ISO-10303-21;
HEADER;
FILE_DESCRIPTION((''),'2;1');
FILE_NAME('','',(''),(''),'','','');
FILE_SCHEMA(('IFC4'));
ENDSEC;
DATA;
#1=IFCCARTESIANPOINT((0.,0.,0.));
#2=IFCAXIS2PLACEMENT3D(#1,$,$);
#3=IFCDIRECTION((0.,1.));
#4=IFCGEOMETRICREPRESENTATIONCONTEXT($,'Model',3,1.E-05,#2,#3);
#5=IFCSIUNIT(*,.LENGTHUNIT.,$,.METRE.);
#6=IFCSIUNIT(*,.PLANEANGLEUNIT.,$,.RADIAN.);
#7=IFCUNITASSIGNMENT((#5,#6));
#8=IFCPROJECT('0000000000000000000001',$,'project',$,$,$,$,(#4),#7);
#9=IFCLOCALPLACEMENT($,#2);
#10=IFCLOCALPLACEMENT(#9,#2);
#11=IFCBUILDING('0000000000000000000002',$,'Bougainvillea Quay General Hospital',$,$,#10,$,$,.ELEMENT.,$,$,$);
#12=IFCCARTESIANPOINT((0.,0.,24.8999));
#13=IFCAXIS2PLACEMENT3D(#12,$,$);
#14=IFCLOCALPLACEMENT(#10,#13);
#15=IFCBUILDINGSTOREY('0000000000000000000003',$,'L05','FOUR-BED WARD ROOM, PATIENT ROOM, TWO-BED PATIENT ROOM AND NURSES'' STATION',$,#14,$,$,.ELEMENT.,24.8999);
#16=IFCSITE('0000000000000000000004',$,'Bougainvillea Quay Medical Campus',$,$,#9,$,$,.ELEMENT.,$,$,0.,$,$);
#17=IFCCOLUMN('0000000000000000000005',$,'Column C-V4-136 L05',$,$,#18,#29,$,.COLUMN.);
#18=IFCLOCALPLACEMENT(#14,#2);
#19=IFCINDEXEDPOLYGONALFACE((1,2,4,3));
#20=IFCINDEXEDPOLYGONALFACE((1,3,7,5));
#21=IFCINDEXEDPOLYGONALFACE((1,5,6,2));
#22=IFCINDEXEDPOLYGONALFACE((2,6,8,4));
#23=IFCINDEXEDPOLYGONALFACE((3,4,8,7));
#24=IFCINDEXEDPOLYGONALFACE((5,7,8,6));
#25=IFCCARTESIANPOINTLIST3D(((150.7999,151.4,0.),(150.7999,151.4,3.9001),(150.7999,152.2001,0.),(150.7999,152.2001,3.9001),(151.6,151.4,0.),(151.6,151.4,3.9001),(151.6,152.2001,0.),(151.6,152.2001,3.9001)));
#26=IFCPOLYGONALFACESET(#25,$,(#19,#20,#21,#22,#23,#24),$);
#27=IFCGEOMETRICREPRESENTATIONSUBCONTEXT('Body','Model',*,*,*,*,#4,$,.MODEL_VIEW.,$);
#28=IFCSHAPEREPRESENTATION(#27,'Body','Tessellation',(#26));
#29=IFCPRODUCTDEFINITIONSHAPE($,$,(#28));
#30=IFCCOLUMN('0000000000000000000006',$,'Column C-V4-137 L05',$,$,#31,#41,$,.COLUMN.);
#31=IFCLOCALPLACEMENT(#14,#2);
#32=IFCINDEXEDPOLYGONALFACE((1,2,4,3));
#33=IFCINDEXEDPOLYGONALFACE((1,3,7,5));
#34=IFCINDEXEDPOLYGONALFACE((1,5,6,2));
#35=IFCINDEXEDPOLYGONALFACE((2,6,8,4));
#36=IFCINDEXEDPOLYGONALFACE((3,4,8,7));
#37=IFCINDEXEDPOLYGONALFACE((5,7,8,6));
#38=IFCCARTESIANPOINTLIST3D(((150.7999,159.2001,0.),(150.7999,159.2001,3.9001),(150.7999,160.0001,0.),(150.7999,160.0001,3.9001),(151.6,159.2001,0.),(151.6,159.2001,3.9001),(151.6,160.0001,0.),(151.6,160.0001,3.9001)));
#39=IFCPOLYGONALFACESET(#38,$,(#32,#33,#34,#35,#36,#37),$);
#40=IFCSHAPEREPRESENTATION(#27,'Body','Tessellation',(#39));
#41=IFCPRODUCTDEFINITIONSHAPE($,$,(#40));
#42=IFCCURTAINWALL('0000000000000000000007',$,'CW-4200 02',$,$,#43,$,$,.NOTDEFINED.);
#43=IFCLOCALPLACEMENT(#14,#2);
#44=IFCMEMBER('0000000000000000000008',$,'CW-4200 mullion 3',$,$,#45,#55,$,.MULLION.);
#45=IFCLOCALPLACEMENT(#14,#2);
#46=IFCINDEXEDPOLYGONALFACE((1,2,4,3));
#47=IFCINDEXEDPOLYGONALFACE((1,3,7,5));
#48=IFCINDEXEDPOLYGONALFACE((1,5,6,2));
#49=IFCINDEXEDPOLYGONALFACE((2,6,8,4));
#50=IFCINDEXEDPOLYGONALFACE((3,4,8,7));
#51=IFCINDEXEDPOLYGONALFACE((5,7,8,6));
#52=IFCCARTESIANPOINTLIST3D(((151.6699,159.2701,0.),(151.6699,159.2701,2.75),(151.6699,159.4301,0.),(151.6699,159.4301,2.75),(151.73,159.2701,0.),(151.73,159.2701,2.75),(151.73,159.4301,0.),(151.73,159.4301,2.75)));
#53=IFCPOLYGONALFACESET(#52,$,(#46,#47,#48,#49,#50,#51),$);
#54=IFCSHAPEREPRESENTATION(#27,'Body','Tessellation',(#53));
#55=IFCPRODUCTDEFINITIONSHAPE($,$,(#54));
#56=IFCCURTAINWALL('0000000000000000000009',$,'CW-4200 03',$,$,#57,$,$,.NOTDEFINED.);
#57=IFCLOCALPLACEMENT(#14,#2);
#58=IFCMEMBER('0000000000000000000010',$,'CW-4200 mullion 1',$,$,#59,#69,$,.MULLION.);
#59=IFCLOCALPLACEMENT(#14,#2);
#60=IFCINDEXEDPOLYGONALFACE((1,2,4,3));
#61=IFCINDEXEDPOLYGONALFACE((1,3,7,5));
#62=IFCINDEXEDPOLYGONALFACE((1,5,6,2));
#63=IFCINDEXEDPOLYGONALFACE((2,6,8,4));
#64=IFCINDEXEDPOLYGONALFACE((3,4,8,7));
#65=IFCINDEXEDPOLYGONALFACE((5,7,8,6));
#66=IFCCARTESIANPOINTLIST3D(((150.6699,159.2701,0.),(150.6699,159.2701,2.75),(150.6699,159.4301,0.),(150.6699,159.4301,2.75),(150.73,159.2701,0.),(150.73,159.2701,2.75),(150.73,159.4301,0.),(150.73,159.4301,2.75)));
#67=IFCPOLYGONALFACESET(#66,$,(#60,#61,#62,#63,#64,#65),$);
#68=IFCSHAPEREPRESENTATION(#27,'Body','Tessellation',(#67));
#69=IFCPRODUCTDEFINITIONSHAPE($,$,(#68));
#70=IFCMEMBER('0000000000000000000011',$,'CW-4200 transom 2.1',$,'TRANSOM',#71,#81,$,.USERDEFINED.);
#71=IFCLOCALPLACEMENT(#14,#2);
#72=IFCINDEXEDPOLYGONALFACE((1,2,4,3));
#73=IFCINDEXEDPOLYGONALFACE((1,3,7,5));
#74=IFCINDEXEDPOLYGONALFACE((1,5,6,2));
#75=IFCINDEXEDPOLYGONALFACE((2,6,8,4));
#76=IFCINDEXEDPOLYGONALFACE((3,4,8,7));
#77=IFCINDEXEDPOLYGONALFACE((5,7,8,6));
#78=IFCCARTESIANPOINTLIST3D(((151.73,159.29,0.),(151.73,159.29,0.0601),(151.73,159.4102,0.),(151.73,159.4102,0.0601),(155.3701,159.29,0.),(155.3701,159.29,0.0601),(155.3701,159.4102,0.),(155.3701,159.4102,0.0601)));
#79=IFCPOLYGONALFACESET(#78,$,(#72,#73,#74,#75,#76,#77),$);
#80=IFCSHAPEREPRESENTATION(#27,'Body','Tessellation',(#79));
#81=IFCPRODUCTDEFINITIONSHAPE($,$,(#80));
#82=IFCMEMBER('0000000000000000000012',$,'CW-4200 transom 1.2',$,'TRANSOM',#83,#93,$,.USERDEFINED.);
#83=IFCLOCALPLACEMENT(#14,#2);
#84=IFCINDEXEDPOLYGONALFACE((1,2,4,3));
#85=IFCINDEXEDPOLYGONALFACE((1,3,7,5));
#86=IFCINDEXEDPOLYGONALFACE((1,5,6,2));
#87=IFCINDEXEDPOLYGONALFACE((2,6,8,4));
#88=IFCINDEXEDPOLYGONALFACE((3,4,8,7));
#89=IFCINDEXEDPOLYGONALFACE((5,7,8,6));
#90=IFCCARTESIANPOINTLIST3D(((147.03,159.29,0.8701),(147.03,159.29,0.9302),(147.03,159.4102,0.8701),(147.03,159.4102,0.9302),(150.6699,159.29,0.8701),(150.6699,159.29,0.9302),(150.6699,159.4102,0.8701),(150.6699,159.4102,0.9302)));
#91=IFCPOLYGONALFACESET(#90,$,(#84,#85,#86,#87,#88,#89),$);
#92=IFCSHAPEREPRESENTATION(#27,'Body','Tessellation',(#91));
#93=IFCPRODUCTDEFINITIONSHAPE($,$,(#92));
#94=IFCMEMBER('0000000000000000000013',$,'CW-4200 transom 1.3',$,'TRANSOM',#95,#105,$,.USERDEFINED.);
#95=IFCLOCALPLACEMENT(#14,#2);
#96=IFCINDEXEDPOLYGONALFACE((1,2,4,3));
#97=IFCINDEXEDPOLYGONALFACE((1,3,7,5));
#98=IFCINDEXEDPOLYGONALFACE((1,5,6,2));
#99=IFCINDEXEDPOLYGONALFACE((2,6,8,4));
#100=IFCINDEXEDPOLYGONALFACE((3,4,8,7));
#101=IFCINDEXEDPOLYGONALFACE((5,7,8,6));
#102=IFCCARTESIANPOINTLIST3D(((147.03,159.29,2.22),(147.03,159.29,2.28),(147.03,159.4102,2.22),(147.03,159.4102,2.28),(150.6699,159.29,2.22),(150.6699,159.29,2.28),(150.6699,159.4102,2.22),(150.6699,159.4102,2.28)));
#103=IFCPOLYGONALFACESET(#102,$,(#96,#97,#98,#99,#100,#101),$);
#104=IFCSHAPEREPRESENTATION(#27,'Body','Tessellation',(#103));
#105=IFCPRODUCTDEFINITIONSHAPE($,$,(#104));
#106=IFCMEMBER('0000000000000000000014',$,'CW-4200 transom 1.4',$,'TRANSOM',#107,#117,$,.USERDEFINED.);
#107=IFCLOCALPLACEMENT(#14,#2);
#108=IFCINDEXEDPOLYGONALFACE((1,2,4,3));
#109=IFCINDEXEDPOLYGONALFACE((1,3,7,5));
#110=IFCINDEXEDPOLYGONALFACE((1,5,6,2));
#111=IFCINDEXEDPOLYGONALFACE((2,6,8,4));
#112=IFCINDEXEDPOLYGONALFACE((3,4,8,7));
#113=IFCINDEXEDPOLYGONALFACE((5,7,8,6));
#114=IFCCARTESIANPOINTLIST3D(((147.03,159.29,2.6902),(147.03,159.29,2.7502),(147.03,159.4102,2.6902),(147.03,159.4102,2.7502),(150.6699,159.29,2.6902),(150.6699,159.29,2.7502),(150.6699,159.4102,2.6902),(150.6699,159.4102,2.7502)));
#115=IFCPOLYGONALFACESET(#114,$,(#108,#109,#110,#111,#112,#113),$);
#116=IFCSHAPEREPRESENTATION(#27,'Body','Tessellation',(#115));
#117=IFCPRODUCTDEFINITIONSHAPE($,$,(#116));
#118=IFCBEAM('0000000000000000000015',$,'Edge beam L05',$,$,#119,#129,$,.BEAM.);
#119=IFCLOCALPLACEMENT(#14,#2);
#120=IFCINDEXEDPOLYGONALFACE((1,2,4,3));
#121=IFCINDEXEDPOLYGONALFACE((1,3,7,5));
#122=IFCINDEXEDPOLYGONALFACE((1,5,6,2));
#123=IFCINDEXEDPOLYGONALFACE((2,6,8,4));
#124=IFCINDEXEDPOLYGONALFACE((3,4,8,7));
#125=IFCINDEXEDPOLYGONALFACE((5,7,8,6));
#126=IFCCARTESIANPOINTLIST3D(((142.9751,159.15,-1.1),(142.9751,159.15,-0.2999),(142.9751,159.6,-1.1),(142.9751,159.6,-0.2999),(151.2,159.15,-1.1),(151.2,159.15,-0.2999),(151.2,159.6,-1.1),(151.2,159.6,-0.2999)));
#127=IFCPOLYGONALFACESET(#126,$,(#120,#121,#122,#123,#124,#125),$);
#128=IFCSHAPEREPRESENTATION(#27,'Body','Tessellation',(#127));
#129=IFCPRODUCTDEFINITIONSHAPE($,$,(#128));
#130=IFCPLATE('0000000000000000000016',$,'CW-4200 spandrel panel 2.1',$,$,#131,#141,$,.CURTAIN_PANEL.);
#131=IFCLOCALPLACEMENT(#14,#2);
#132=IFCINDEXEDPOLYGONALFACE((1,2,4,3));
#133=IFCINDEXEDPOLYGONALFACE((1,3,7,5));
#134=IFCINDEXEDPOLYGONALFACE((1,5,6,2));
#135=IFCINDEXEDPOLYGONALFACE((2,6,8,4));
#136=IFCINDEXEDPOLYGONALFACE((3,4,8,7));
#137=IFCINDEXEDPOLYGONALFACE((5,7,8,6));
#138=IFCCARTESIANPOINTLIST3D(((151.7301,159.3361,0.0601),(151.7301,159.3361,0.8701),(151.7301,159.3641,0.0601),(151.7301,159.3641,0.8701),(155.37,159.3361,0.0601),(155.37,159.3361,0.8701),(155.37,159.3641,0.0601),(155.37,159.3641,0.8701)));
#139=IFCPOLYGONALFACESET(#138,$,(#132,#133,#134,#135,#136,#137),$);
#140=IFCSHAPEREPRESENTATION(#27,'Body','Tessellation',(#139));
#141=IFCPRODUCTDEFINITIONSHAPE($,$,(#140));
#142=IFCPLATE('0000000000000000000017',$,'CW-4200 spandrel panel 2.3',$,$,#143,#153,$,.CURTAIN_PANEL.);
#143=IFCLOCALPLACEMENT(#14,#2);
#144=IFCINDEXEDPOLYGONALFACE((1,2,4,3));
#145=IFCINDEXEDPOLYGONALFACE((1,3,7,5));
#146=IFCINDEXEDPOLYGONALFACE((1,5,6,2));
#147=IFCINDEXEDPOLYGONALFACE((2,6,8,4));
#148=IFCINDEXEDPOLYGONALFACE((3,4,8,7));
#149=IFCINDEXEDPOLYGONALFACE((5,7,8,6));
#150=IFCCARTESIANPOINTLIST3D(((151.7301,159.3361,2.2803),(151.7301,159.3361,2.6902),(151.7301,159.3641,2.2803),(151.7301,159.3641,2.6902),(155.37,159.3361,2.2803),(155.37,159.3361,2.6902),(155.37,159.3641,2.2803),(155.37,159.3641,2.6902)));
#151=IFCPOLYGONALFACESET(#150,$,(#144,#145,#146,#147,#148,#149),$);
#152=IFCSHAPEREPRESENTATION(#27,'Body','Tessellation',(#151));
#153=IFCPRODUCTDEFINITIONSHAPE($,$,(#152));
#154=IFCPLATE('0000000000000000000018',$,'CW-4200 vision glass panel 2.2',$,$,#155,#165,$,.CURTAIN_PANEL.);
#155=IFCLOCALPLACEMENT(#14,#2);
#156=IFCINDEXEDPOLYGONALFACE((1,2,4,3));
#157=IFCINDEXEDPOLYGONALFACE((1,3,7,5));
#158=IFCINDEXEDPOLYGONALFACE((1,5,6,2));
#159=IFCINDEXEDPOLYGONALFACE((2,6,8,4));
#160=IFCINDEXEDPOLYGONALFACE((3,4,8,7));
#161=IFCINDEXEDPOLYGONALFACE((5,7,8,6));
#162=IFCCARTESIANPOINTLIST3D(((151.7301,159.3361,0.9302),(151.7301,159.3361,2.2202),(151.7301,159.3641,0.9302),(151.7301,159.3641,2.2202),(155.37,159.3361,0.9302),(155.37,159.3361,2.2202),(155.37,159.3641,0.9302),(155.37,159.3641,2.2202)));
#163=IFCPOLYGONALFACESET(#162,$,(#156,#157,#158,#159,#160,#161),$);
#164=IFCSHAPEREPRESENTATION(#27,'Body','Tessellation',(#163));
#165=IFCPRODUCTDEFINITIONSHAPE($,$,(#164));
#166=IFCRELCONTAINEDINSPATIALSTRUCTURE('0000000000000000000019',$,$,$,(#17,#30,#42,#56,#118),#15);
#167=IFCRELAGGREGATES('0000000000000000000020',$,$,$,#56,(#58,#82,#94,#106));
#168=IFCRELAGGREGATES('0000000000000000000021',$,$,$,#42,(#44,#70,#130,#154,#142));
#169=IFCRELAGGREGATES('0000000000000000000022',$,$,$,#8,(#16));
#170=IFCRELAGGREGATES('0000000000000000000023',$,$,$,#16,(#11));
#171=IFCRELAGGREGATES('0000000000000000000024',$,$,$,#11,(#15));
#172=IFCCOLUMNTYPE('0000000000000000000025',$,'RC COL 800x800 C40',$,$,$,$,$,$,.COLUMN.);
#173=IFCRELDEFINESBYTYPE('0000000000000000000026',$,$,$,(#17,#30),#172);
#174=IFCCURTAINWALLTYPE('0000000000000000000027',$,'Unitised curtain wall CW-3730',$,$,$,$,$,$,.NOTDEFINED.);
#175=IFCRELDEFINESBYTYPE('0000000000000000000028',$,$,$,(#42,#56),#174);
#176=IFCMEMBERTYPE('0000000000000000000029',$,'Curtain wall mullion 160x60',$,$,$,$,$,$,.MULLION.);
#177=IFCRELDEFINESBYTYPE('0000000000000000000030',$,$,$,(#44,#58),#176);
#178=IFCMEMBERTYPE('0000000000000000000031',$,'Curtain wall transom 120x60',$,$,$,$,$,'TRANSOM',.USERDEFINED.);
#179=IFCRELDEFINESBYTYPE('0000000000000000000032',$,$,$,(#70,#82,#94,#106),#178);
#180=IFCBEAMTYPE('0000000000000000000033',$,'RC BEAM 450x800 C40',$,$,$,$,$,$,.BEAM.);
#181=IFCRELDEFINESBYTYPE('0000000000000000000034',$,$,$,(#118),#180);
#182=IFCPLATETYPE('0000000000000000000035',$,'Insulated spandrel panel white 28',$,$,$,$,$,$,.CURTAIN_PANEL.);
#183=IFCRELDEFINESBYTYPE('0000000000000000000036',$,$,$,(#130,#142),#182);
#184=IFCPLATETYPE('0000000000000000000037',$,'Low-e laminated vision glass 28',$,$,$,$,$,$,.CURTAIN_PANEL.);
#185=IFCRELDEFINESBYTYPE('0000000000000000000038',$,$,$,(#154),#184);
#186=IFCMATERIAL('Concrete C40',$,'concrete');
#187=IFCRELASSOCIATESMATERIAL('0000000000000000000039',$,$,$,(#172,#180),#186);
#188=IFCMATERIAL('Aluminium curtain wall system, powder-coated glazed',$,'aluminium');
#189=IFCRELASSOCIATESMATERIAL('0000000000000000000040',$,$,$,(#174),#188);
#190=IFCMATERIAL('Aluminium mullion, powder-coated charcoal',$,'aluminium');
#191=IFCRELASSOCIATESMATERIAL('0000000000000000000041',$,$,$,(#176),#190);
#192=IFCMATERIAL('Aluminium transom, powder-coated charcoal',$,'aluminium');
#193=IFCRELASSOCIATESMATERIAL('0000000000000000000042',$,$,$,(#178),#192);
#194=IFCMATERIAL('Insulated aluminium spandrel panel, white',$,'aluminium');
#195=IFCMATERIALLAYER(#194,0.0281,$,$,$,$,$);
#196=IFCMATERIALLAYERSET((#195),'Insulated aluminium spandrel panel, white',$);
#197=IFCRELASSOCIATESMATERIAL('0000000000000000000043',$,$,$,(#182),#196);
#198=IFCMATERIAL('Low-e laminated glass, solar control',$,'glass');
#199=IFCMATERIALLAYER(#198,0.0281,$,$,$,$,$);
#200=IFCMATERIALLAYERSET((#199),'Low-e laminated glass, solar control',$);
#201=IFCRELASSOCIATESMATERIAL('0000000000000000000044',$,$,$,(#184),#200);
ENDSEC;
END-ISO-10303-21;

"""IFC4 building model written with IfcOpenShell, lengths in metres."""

from ifc_helpers import new_model, si_unit, direction, frame, origin, origin_2d, place, context, subcontext, project, spatial, rectangle, extrude, material, layer, layer_set, material_profile, profile_set, type_object, element, aggregate, save


model = new_model("IFC4")

# Units and contexts
model_context = context("Model", 3, precision=1e-05, world=origin(), true_north=direction((0.0, 1.0)))
body_context = subcontext(model_context, "Body", "Model", "MODEL_VIEW")
ifc_project = project(units=[si_unit("LENGTHUNIT", "METRE"), si_unit("PLANEANGLEUNIT", "RADIAN")], contexts=[model_context])

# Site, building, storey
site_placement = place(None, origin())
site = spatial("IfcSite", under=ifc_project, at=site_placement, Name="Bougainvillea Quay Medical Campus", CompositionType="ELEMENT", RefElevation=0.0)
building_placement = place(site_placement, origin())
building = spatial("IfcBuilding", under=site, at=building_placement, Name="Bougainvillea Quay General Hospital", CompositionType="ELEMENT")
storey_placement = place(building_placement, frame((0.0, 0.0, 24.8999)))
storey = spatial("IfcBuildingStorey", under=building, at=storey_placement, Name="L05", Description="FOUR-BED WARD ROOM, PATIENT ROOM, TWO-BED PATIENT ROOM AND NURSES' STATION", CompositionType="ELEMENT", Elevation=24.8999)

# Columns
ifc_material_1 = material(Name="Concrete C40", Category="concrete")
ifc_material_profile_1 = material_profile(ifc_material_1, rectangle(XDim=0.8, YDim=0.8, at=origin_2d()))
ifc_profile_set_1 = profile_set([ifc_material_profile_1], Name="Concrete C40")
column_type = type_object("IfcColumnType", Name="RC COL 800x800 C40", PredefinedType="COLUMN", material=ifc_profile_set_1)
for number, where, z_axis, x_axis, name in (
    (1, (151.2, 151.8, 0.0), (0.0, 0.0, 1.0), (1.0, 0.0, 0.0), "Column C-V4-136 L05"),
    (2, (151.2, 159.6001, 0.0), (0.0, 0.0, 1.0), (1.0, 0.0, 0.0), "Column C-V4-137 L05"),
):
    element("IfcColumn", number, at=place(storey_placement, frame(where, z_axis=z_axis, x_axis=x_axis)), inside=storey, type_object=column_type, Name=name, PredefinedType="COLUMN", context=body_context, shape_type="SweptSolid", body=[
        extrude(rectangle(XDim=0.8, YDim=0.8, at=origin_2d()), origin(), (0.0, 0.0, 1.0), 3.9001),
    ])

# Curtain walls, members
ifc_material_2 = material(Name="Aluminium curtain wall system, powder-coated glazed", Category="aluminium")
curtain_wall_type = type_object("IfcCurtainWallType", Name="Unitised curtain wall CW-3730", PredefinedType="NOTDEFINED", material=ifc_material_2)
curtain_wall_1_placement = place(storey_placement, origin())
curtain_wall_1 = element("IfcCurtainWall", 3, at=curtain_wall_1_placement, inside=storey, type_object=curtain_wall_type, Name="CW-4200 02", PredefinedType="NOTDEFINED")
ifc_material_3 = material(Name="Aluminium mullion, powder-coated charcoal", Category="aluminium")
ifc_material_profile_2 = material_profile(ifc_material_3, rectangle(XDim=0.1599, YDim=0.0601, at=origin_2d()))
ifc_profile_set_2 = profile_set([ifc_material_profile_2], Name="Aluminium mullion, powder-coated charcoal")
member_type_1 = type_object("IfcMemberType", Name="Curtain wall mullion 160x60", PredefinedType="MULLION", material=ifc_profile_set_2)
member_1_placement = place(storey_placement, frame((151.7, 159.3501, 0.0), z_axis=(0.0, 0.0, 1.0), x_axis=(0.0, -1.0, 0.0)))
member_1 = element("IfcMember", 4, at=member_1_placement, type_object=member_type_1, Name="CW-4200 mullion 3", PredefinedType="MULLION", context=body_context, shape_type="SweptSolid", body=[
    extrude(rectangle(XDim=0.1599, YDim=0.0601, at=origin_2d()), origin(), (0.0, 0.0, 1.0), 2.75),
])
curtain_wall_2_placement = place(storey_placement, origin())
curtain_wall_2 = element("IfcCurtainWall", 5, at=curtain_wall_2_placement, inside=storey, type_object=curtain_wall_type, Name="CW-4200 03", PredefinedType="NOTDEFINED")
member_2_placement = place(storey_placement, frame((150.7, 159.3501, 0.0), z_axis=(0.0, 0.0, 1.0), x_axis=(0.0, -1.0, 0.0)))
member_2 = element("IfcMember", 6, at=member_2_placement, type_object=member_type_1, Name="CW-4200 mullion 1", PredefinedType="MULLION", context=body_context, shape_type="SweptSolid", body=[
    extrude(rectangle(XDim=0.1599, YDim=0.0601, at=origin_2d()), origin(), (0.0, 0.0, 1.0), 2.75),
])

# Members
ifc_material_4 = material(Name="Aluminium transom, powder-coated charcoal", Category="aluminium")
ifc_material_profile_3 = material_profile(ifc_material_4, rectangle(XDim=0.1201, YDim=0.0601, at=origin_2d()))
ifc_profile_set_3 = profile_set([ifc_material_profile_3], Name="Aluminium transom, powder-coated charcoal")
member_type_2 = type_object("IfcMemberType", Name="Curtain wall transom 120x60", ElementType="TRANSOM", PredefinedType="USERDEFINED", material=ifc_profile_set_3)
member_3_placement = place(storey_placement, frame((155.3701, 159.3501, 0.03), z_axis=(-1.0, 0.0, 0.0), x_axis=(0.0, -1.0, 0.0)))
member_3 = element("IfcMember", 7, at=member_3_placement, type_object=member_type_2, Name="CW-4200 transom 2.1", ObjectType="TRANSOM", PredefinedType="USERDEFINED", context=body_context, shape_type="SweptSolid", body=[
    extrude(rectangle(XDim=0.1201, YDim=0.0601, at=origin_2d()), origin(), (0.0, 0.0, 1.0), 3.6401),
])
member_4_placement = place(storey_placement, frame((150.6699, 159.3501, 0.9001), z_axis=(-1.0, 0.0, 0.0), x_axis=(0.0, -1.0, 0.0)))
member_4 = element("IfcMember", 8, at=member_4_placement, type_object=member_type_2, Name="CW-4200 transom 1.2", ObjectType="TRANSOM", PredefinedType="USERDEFINED", context=body_context, shape_type="SweptSolid", body=[
    extrude(rectangle(XDim=0.1201, YDim=0.0601, at=origin_2d()), origin(), (0.0, 0.0, 1.0), 3.6399),
])
member_5_placement = place(storey_placement, frame((150.6699, 159.3501, 2.25), z_axis=(-1.0, 0.0, 0.0), x_axis=(0.0, -1.0, 0.0)))
member_5 = element("IfcMember", 9, at=member_5_placement, type_object=member_type_2, Name="CW-4200 transom 1.3", ObjectType="TRANSOM", PredefinedType="USERDEFINED", context=body_context, shape_type="SweptSolid", body=[
    extrude(rectangle(XDim=0.1201, YDim=0.0601, at=origin_2d()), origin(), (0.0, 0.0, 1.0), 3.6399),
])
member_6_placement = place(storey_placement, frame((150.6699, 159.3501, 2.7202), z_axis=(-1.0, 0.0, 0.0), x_axis=(0.0, -1.0, 0.0)))
member_6 = element("IfcMember", 10, at=member_6_placement, type_object=member_type_2, Name="CW-4200 transom 1.4", ObjectType="TRANSOM", PredefinedType="USERDEFINED", context=body_context, shape_type="SweptSolid", body=[
    extrude(rectangle(XDim=0.1201, YDim=0.0601, at=origin_2d()), origin(), (0.0, 0.0, 1.0), 3.6399),
])
aggregate(curtain_wall_2, [member_2, member_4, member_5, member_6])

# Beam
ifc_material_profile_4 = material_profile(ifc_material_1, rectangle(XDim=0.45, YDim=0.8, at=origin_2d()))
ifc_profile_set_4 = profile_set([ifc_material_profile_4], Name="Concrete C40")
beam_type = type_object("IfcBeamType", Name="RC BEAM 450x800 C40", PredefinedType="BEAM", material=ifc_profile_set_4)
beam_placement = place(storey_placement, frame((151.2, 159.375, -0.7), z_axis=(-1.0, 0.0, 0.0), x_axis=(0.0, -1.0, 0.0)))
element("IfcBeam", 11, at=beam_placement, inside=storey, type_object=beam_type, Name="Edge beam L05", PredefinedType="BEAM", context=body_context, shape_type="SweptSolid", body=[
    extrude(rectangle(XDim=0.45, YDim=0.8, at=origin_2d()), origin(), (0.0, 0.0, 1.0), 8.2249),
])

# Plates
ifc_material_5 = material(Name="Insulated aluminium spandrel panel, white", Category="aluminium")
ifc_layer_1 = layer(ifc_material_5, 0.0281)
ifc_layer_set_1 = layer_set([ifc_layer_1], Name="Insulated aluminium spandrel panel, white")
plate_type_1 = type_object("IfcPlateType", Name="Insulated spandrel panel white 28", PredefinedType="CURTAIN_PANEL", material=ifc_layer_set_1)
plate_1_placement = place(storey_placement, frame((153.55, 159.3501, 0.0601), z_axis=(0.0, 0.0, 1.0), x_axis=(-1.0, 0.0, 0.0)))
plate_1 = element("IfcPlate", 12, at=plate_1_placement, type_object=plate_type_1, Name="CW-4200 spandrel panel 2.1", PredefinedType="CURTAIN_PANEL", context=body_context, shape_type="SweptSolid", body=[
    extrude(rectangle(XDim=3.6399, YDim=0.0281, at=origin_2d()), origin(), (0.0, 0.0, 1.0), 0.8101),
])
plate_2_placement = place(storey_placement, frame((153.55, 159.3501, 2.2803), z_axis=(0.0, 0.0, 1.0), x_axis=(-1.0, 0.0, 0.0)))
plate_2 = element("IfcPlate", 13, at=plate_2_placement, type_object=plate_type_1, Name="CW-4200 spandrel panel 2.3", PredefinedType="CURTAIN_PANEL", context=body_context, shape_type="SweptSolid", body=[
    extrude(rectangle(XDim=3.6399, YDim=0.0281, at=origin_2d()), origin(), (0.0, 0.0, 1.0), 0.4099),
])
ifc_material_6 = material(Name="Low-e laminated glass, solar control", Category="glass")
ifc_layer_2 = layer(ifc_material_6, 0.0281)
ifc_layer_set_2 = layer_set([ifc_layer_2], Name="Low-e laminated glass, solar control")
plate_type_2 = type_object("IfcPlateType", Name="Low-e laminated vision glass 28", PredefinedType="CURTAIN_PANEL", material=ifc_layer_set_2)
plate_3_placement = place(storey_placement, frame((153.55, 159.3501, 0.9302), z_axis=(0.0, 0.0, 1.0), x_axis=(-1.0, 0.0, 0.0)))
plate_3 = element("IfcPlate", 14, at=plate_3_placement, type_object=plate_type_2, Name="CW-4200 vision glass panel 2.2", PredefinedType="CURTAIN_PANEL", context=body_context, shape_type="SweptSolid", body=[
    extrude(rectangle(XDim=3.6399, YDim=0.0281, at=origin_2d()), origin(), (0.0, 0.0, 1.0), 1.29),
])
aggregate(curtain_wall_1, [member_1, member_3, plate_1, plate_3, plate_2])

save(model, "model.ifc")
